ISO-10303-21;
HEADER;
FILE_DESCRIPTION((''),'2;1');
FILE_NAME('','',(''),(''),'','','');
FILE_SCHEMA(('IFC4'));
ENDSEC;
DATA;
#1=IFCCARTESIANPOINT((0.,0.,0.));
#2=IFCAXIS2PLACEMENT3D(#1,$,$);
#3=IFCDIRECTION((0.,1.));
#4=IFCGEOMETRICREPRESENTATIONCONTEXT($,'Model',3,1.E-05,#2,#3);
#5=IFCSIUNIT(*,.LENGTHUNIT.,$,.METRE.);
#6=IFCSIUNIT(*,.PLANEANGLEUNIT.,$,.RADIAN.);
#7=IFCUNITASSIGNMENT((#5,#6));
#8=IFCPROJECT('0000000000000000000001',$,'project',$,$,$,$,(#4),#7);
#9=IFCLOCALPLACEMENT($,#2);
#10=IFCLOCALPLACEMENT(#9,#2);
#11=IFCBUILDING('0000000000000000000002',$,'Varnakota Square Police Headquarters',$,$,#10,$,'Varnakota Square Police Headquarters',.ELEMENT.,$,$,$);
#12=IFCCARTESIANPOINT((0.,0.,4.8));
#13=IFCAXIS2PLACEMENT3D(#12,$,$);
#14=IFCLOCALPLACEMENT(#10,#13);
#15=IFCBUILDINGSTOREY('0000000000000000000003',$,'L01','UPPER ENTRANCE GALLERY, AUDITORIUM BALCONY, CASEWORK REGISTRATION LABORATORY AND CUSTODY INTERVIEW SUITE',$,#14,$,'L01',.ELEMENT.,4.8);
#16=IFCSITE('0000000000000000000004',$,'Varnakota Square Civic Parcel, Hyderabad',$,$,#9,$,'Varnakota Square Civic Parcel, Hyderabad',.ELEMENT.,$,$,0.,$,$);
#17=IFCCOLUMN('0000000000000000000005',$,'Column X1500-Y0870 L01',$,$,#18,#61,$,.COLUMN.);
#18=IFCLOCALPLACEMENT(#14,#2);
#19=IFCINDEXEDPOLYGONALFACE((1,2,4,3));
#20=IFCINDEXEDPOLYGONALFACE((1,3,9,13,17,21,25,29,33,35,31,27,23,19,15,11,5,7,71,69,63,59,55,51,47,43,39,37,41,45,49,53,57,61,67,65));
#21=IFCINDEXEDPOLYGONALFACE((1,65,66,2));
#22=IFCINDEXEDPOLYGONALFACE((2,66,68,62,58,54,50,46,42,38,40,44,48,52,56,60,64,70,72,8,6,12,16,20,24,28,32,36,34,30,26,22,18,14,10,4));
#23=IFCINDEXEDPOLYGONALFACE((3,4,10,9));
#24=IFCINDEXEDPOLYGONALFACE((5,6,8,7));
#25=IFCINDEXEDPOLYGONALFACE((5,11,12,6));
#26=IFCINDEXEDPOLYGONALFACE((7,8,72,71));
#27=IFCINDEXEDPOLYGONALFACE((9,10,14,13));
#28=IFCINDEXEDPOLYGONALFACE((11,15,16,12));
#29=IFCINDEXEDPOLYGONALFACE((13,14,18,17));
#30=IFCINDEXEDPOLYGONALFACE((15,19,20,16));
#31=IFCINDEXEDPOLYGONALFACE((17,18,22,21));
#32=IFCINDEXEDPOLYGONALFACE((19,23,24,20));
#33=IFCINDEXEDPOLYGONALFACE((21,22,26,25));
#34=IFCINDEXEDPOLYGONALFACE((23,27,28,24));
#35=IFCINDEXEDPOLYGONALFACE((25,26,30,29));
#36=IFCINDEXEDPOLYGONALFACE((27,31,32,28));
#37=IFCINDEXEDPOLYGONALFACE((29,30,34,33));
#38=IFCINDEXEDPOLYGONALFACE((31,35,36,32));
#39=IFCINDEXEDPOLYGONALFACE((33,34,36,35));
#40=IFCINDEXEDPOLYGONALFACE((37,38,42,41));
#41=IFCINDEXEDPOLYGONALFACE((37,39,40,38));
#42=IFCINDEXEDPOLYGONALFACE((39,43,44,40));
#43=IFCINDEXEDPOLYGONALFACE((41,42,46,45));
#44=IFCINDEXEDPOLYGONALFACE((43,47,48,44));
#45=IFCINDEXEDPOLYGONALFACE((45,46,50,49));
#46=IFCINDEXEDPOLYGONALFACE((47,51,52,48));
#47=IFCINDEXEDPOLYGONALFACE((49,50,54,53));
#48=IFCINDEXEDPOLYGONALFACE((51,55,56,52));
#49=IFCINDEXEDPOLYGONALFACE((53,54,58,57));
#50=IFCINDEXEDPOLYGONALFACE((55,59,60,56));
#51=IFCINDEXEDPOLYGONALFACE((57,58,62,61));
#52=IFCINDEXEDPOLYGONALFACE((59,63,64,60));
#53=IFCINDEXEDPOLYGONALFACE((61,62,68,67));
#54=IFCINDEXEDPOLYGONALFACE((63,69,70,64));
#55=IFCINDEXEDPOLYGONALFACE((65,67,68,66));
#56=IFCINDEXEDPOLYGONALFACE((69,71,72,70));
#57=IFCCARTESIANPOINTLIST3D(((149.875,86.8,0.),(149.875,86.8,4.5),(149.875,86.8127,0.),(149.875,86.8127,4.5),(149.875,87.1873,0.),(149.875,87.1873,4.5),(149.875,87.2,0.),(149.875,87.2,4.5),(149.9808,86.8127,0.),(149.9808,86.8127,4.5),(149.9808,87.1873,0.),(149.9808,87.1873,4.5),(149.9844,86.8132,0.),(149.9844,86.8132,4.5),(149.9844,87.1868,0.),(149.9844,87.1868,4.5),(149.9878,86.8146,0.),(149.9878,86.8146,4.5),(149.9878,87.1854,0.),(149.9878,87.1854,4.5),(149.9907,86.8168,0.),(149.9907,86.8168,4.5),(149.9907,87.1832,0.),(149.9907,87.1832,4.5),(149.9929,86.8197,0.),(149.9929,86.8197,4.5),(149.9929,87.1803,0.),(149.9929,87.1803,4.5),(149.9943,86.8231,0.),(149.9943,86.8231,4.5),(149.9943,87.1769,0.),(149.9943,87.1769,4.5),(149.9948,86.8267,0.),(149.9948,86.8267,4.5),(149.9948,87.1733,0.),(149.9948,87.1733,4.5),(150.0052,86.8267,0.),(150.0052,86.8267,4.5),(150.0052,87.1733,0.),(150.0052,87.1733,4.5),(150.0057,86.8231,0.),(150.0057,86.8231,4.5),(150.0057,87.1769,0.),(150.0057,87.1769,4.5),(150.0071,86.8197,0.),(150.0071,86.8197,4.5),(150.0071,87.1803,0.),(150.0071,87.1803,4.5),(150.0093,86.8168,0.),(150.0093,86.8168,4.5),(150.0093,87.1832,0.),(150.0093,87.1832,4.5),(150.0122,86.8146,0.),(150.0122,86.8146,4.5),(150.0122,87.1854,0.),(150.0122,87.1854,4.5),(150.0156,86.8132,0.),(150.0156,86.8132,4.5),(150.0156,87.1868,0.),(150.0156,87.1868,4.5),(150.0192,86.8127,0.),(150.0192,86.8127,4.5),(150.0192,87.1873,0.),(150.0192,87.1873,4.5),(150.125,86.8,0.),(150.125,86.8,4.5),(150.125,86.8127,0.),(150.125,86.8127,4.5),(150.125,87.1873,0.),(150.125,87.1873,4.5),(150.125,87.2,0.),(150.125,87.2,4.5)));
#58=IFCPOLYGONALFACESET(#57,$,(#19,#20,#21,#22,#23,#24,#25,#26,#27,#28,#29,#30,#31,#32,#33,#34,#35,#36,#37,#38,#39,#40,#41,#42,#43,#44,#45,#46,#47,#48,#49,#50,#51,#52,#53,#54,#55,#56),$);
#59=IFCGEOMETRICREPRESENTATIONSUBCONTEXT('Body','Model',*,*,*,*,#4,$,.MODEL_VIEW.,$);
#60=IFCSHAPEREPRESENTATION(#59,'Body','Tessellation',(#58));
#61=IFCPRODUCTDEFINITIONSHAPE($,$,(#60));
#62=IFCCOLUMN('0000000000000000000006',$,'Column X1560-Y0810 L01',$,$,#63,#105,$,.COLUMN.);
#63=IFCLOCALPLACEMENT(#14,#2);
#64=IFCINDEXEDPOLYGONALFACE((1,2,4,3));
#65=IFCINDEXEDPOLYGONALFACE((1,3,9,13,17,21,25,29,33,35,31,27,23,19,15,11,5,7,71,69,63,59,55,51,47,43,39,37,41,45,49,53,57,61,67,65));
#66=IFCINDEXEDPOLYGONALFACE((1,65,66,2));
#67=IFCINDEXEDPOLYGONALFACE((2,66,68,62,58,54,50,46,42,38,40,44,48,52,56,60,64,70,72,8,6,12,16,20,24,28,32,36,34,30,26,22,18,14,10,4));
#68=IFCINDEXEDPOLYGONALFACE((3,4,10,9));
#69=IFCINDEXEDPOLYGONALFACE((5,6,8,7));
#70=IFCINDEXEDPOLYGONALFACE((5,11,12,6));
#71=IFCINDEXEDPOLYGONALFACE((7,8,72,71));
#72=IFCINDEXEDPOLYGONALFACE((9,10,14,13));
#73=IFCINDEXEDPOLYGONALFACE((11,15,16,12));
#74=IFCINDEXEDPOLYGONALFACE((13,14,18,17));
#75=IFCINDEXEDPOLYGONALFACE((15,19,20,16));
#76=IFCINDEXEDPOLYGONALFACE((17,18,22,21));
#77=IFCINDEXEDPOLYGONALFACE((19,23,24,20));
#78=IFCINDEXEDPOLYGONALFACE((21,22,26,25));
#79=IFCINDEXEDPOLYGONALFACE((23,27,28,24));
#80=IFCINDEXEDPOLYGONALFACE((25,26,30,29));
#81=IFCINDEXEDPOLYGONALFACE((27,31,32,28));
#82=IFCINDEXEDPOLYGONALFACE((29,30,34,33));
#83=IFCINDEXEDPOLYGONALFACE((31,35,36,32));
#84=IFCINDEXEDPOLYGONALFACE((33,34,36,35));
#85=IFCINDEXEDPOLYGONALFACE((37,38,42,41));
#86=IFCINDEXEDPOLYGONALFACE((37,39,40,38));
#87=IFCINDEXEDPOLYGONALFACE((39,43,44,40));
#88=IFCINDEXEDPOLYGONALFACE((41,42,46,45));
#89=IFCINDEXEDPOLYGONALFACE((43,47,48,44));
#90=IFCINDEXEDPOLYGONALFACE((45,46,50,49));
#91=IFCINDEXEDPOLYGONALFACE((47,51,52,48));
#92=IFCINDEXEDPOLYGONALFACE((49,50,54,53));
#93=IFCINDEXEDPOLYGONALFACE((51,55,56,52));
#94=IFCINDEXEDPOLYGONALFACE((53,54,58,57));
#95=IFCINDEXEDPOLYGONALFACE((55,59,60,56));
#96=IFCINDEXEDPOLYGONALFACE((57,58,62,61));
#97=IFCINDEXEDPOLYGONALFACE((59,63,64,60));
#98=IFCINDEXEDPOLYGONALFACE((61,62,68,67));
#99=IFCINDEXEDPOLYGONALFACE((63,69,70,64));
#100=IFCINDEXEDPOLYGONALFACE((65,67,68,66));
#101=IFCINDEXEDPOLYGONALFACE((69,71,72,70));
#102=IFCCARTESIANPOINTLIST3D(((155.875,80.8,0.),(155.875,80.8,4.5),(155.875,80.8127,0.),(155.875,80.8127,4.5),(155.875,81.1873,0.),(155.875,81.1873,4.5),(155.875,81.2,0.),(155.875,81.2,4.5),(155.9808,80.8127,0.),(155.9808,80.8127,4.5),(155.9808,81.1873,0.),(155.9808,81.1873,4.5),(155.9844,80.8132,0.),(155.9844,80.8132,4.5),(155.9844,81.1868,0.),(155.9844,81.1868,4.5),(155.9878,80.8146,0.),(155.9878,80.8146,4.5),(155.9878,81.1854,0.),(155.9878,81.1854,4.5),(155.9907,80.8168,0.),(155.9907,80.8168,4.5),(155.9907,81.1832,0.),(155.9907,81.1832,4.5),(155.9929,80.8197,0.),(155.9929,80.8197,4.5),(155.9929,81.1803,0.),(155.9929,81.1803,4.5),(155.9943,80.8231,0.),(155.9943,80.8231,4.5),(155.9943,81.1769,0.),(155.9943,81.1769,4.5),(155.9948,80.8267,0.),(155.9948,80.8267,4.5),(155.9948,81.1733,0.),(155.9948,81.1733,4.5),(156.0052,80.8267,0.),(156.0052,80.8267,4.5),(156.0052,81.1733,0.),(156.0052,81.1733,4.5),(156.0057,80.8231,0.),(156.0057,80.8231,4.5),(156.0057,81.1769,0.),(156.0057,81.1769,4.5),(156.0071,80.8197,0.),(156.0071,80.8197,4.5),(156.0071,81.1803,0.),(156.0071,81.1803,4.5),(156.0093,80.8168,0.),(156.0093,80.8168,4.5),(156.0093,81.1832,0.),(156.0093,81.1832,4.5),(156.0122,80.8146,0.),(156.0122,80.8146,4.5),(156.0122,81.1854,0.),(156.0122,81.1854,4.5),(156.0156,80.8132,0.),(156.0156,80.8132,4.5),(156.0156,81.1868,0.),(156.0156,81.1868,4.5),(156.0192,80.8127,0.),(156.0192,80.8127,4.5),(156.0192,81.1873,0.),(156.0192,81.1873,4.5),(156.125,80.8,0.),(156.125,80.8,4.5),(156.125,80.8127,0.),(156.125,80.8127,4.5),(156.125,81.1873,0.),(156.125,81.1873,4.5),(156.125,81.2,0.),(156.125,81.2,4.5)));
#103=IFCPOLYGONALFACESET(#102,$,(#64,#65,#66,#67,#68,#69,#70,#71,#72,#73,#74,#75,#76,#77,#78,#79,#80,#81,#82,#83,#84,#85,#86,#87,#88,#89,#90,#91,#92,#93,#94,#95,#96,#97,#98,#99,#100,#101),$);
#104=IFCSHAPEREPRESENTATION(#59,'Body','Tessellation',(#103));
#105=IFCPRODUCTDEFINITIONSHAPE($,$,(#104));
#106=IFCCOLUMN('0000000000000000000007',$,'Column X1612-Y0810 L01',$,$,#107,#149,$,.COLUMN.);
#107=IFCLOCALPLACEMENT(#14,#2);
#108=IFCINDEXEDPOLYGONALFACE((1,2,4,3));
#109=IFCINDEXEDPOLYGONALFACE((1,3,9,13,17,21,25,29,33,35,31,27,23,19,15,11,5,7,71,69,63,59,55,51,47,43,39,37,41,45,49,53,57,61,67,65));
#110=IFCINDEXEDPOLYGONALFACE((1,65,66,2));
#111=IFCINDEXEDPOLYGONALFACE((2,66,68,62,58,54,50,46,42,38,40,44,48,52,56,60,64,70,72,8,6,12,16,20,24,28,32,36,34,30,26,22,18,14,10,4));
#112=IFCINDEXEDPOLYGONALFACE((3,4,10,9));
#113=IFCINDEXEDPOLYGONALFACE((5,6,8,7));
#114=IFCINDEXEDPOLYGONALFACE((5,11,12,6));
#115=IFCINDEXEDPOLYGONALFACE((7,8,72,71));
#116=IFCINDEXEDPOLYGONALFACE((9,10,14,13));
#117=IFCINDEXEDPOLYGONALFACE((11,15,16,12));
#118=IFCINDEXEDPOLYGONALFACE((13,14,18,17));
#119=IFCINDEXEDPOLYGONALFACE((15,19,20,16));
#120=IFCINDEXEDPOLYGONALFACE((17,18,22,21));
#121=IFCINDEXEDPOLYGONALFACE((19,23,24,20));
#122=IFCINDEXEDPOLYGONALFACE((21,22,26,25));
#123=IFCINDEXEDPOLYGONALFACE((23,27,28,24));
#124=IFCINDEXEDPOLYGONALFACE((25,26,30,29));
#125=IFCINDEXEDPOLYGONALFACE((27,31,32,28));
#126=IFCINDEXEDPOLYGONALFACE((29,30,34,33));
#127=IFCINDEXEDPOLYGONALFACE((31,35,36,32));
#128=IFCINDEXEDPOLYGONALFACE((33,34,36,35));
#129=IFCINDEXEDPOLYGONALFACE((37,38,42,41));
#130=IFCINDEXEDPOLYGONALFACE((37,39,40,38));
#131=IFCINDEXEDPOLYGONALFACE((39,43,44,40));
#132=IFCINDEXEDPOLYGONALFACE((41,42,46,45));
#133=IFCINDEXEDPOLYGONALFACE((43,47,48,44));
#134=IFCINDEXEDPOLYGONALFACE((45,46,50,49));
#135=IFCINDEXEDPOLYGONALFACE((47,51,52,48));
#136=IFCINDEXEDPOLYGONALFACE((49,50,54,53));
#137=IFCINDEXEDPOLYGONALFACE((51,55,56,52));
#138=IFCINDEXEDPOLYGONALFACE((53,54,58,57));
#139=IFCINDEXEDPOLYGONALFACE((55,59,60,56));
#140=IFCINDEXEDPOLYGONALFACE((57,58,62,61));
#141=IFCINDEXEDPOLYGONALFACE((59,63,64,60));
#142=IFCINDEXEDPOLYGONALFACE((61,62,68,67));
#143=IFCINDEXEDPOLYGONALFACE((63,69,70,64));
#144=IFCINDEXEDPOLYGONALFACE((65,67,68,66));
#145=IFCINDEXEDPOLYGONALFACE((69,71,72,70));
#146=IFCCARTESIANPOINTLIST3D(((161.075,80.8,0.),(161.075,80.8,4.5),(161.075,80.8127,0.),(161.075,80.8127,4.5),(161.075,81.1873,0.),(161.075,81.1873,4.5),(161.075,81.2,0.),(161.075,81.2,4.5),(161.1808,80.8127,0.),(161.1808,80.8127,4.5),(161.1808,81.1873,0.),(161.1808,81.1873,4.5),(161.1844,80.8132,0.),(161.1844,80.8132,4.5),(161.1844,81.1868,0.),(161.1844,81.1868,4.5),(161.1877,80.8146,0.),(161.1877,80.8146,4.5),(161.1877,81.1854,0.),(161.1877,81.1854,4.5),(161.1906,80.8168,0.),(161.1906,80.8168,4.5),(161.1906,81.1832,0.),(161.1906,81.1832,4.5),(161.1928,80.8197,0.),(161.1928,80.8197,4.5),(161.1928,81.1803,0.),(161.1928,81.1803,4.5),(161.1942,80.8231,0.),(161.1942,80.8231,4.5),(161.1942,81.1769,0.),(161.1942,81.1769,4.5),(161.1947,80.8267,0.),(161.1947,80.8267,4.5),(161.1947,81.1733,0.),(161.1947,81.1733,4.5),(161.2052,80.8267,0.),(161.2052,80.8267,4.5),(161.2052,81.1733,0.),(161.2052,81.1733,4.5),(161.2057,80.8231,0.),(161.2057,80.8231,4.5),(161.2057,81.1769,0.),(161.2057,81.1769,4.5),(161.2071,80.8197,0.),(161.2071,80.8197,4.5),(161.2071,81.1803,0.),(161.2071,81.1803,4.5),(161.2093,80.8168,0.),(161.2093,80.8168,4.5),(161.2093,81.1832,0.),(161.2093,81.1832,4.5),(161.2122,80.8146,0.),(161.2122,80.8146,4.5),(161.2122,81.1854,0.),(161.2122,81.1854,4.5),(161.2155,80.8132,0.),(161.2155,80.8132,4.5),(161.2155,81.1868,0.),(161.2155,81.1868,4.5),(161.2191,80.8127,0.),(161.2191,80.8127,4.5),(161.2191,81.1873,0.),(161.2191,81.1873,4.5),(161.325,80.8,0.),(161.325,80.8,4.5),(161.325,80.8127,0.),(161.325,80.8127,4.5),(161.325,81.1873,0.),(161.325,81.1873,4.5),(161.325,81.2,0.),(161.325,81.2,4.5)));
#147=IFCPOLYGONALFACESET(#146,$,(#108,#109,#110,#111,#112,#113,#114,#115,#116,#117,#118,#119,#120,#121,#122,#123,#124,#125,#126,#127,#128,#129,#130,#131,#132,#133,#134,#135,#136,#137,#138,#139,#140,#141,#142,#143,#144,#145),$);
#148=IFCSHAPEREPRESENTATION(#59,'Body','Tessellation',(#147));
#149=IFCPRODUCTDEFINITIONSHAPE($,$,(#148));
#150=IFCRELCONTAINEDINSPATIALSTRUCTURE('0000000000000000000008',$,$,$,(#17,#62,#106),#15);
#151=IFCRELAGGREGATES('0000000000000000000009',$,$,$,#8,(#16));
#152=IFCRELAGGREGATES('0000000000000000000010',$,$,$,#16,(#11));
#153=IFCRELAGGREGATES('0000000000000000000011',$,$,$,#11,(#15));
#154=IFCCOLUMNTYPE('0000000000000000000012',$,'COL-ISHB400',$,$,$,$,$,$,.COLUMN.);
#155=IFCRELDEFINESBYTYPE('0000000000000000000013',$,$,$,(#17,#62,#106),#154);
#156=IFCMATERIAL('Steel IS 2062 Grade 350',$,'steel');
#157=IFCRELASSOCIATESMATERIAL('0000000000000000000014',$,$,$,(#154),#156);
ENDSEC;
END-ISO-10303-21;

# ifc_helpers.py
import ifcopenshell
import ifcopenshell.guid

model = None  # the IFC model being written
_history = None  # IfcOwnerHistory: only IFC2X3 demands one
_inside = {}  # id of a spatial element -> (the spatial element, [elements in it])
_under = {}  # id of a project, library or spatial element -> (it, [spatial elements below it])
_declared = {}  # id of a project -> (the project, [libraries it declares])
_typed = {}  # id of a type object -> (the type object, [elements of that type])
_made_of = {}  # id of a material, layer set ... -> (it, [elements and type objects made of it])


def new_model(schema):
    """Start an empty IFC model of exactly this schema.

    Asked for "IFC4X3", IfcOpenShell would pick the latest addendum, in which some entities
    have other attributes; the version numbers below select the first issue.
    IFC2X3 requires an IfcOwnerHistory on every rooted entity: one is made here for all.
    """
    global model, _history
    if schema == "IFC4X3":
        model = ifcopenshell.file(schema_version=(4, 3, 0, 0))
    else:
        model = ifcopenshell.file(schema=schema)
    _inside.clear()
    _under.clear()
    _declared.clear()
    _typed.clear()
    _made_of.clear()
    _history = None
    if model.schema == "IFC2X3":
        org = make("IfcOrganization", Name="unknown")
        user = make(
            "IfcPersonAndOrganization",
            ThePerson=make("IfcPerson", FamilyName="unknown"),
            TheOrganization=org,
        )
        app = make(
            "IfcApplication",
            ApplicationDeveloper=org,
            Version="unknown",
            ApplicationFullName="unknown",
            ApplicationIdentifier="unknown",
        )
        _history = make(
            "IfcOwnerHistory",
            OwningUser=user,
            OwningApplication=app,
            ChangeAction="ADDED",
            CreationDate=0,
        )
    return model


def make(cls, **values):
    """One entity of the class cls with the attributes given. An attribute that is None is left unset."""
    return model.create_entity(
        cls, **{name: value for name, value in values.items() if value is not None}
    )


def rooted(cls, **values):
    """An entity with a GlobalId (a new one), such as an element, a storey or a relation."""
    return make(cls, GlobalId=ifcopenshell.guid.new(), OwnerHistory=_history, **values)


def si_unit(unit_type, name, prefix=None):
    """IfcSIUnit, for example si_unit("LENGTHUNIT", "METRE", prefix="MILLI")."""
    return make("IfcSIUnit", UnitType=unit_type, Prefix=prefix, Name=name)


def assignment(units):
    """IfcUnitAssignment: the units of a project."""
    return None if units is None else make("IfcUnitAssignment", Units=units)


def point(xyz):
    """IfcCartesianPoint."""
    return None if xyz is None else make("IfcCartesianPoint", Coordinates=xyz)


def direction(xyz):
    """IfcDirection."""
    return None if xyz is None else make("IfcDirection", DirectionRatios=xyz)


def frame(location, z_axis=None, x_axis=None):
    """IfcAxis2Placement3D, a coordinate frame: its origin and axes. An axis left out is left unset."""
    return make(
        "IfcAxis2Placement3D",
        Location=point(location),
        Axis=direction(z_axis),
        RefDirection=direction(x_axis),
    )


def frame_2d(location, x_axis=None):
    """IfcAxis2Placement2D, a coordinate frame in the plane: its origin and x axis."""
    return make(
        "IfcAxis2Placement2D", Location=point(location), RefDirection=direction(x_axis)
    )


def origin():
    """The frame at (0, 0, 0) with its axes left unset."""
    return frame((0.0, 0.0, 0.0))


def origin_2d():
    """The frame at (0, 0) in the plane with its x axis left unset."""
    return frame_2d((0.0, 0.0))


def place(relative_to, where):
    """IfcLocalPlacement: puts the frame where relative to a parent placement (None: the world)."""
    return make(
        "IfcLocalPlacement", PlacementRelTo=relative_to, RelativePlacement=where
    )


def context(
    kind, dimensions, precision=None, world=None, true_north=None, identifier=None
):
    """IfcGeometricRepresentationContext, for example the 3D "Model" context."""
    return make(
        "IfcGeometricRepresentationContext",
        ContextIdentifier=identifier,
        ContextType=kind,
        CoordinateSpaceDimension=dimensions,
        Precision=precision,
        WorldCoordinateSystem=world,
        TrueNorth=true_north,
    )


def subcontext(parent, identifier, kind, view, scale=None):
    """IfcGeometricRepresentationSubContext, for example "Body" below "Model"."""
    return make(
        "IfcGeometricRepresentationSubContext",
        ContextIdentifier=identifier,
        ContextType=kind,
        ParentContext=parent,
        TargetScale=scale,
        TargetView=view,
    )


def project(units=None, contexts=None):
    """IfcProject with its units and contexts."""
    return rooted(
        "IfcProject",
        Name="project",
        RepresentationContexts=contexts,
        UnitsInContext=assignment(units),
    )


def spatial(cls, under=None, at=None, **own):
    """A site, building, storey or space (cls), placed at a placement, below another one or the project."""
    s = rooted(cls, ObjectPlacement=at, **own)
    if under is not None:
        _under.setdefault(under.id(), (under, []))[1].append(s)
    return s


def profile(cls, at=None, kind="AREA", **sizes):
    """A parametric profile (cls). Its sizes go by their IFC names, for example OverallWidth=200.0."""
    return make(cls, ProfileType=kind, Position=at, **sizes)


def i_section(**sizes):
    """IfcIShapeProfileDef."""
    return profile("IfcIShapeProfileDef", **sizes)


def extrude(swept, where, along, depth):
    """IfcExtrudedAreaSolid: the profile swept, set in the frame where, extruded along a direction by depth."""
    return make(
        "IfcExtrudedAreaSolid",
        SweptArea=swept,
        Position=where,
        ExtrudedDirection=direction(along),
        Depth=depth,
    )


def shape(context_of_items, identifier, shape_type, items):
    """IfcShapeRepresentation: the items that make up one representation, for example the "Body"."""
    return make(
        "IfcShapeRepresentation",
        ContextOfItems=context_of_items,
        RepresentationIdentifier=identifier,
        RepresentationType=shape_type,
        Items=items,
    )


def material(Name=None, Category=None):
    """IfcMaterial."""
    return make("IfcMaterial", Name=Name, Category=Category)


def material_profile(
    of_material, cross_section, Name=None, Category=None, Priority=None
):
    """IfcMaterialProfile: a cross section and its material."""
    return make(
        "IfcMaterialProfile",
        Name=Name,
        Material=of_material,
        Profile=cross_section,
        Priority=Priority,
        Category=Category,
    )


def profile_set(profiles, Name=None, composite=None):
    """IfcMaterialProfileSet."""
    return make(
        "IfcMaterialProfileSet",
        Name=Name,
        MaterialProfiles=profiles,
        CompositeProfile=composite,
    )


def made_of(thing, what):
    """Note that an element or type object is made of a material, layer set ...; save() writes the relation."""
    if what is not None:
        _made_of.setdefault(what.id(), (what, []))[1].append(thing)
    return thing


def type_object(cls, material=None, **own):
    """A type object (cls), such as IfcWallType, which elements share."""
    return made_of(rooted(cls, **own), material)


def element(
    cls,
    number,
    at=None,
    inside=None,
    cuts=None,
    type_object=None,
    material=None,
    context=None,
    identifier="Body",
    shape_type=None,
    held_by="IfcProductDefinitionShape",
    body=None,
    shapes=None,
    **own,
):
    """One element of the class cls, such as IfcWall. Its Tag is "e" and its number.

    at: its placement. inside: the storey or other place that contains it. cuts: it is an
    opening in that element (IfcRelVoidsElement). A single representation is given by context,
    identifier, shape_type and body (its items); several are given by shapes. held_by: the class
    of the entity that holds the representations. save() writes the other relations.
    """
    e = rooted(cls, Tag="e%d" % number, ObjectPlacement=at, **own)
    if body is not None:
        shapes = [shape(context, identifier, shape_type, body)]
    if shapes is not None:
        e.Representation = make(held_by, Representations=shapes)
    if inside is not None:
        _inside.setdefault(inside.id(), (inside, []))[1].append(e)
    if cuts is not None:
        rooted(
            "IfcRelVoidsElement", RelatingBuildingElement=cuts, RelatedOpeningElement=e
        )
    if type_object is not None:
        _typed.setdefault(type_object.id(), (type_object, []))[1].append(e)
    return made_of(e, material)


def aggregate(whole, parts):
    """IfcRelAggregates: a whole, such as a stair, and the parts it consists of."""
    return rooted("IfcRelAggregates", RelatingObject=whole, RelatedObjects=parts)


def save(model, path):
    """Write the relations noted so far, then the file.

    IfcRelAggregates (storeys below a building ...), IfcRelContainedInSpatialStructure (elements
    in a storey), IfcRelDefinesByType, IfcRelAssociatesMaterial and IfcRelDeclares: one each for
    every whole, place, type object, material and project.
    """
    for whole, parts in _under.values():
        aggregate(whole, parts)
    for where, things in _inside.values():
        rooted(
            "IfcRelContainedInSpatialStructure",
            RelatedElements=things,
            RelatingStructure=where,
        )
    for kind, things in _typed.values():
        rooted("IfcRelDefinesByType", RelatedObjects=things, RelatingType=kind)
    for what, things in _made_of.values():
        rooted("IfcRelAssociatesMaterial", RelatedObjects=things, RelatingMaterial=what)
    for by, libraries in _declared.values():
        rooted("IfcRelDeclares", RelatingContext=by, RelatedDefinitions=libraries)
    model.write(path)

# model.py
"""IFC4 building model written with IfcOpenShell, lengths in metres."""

from ifc_helpers import new_model, si_unit, direction, frame, origin, origin_2d, place, context, subcontext, project, spatial, i_section, extrude, material, material_profile, profile_set, type_object, element, save


model = new_model("IFC4")

# Units and contexts
model_context = context("Model", 3, precision=1e-05, world=origin(), true_north=direction((0.0, 1.0)))
body_context = subcontext(model_context, "Body", "Model", "MODEL_VIEW")
ifc_project = project(units=[si_unit("LENGTHUNIT", "METRE"), si_unit("PLANEANGLEUNIT", "RADIAN")], contexts=[model_context])

# Site, building, storey
site_placement = place(None, origin())
site = spatial("IfcSite", under=ifc_project, at=site_placement, Name="Varnakota Square Civic Parcel, Hyderabad", LongName="Varnakota Square Civic Parcel, Hyderabad", CompositionType="ELEMENT", RefElevation=0.0)
building_placement = place(site_placement, origin())
building = spatial("IfcBuilding", under=site, at=building_placement, Name="Varnakota Square Police Headquarters", LongName="Varnakota Square Police Headquarters", CompositionType="ELEMENT")
storey_placement = place(building_placement, frame((0.0, 0.0, 4.8)))
storey = spatial("IfcBuildingStorey", under=building, at=storey_placement, Name="L01", Description="UPPER ENTRANCE GALLERY, AUDITORIUM BALCONY, CASEWORK REGISTRATION LABORATORY AND CUSTODY INTERVIEW SUITE", LongName="L01", CompositionType="ELEMENT", Elevation=4.8)

# Columns
ifc_material_1 = material(Name="Steel IS 2062 Grade 350", Category="steel")
ifc_material_profile_1 = material_profile(ifc_material_1, i_section(OverallWidth=0.25, OverallDepth=0.3999, WebThickness=0.0105, FlangeThickness=0.0127, FilletRadius=0.0139, at=origin_2d()), Name="ISHB 400")
ifc_profile_set_1 = profile_set([ifc_material_profile_1], Name="Steel IS 2062 Grade 350")
column_type_1 = type_object("IfcColumnType", Name="COL-ISHB400", PredefinedType="COLUMN", material=ifc_profile_set_1)
for number, where, z_axis, x_axis, name in (
    (1, (150.0, 87.0, 0.0), (0.0, 0.0, 1.0), (1.0, 0.0, 0.0), "Column X1500-Y0870 L01"),
    (2, (156.0, 81.0, 0.0), (0.0, 0.0, 1.0), (1.0, 0.0, 0.0), "Column X1560-Y0810 L01"),
    (3, (161.2, 81.0, 0.0), (0.0, 0.0, 1.0), (1.0, 0.0, 0.0), "Column X1612-Y0810 L01"),
):
    element("IfcColumn", number, at=place(storey_placement, frame(where, z_axis=z_axis, x_axis=x_axis)), inside=storey, type_object=column_type_1, Name=name, PredefinedType="COLUMN", context=body_context, shape_type="SweptSolid", body=[
        extrude(i_section(OverallWidth=0.25, OverallDepth=0.3999, WebThickness=0.0105, FlangeThickness=0.0127, FilletRadius=0.0139, at=origin_2d()), origin(), (0.0, 0.0, 1.0), 4.5),
    ])

save(model, "model.ifc")
